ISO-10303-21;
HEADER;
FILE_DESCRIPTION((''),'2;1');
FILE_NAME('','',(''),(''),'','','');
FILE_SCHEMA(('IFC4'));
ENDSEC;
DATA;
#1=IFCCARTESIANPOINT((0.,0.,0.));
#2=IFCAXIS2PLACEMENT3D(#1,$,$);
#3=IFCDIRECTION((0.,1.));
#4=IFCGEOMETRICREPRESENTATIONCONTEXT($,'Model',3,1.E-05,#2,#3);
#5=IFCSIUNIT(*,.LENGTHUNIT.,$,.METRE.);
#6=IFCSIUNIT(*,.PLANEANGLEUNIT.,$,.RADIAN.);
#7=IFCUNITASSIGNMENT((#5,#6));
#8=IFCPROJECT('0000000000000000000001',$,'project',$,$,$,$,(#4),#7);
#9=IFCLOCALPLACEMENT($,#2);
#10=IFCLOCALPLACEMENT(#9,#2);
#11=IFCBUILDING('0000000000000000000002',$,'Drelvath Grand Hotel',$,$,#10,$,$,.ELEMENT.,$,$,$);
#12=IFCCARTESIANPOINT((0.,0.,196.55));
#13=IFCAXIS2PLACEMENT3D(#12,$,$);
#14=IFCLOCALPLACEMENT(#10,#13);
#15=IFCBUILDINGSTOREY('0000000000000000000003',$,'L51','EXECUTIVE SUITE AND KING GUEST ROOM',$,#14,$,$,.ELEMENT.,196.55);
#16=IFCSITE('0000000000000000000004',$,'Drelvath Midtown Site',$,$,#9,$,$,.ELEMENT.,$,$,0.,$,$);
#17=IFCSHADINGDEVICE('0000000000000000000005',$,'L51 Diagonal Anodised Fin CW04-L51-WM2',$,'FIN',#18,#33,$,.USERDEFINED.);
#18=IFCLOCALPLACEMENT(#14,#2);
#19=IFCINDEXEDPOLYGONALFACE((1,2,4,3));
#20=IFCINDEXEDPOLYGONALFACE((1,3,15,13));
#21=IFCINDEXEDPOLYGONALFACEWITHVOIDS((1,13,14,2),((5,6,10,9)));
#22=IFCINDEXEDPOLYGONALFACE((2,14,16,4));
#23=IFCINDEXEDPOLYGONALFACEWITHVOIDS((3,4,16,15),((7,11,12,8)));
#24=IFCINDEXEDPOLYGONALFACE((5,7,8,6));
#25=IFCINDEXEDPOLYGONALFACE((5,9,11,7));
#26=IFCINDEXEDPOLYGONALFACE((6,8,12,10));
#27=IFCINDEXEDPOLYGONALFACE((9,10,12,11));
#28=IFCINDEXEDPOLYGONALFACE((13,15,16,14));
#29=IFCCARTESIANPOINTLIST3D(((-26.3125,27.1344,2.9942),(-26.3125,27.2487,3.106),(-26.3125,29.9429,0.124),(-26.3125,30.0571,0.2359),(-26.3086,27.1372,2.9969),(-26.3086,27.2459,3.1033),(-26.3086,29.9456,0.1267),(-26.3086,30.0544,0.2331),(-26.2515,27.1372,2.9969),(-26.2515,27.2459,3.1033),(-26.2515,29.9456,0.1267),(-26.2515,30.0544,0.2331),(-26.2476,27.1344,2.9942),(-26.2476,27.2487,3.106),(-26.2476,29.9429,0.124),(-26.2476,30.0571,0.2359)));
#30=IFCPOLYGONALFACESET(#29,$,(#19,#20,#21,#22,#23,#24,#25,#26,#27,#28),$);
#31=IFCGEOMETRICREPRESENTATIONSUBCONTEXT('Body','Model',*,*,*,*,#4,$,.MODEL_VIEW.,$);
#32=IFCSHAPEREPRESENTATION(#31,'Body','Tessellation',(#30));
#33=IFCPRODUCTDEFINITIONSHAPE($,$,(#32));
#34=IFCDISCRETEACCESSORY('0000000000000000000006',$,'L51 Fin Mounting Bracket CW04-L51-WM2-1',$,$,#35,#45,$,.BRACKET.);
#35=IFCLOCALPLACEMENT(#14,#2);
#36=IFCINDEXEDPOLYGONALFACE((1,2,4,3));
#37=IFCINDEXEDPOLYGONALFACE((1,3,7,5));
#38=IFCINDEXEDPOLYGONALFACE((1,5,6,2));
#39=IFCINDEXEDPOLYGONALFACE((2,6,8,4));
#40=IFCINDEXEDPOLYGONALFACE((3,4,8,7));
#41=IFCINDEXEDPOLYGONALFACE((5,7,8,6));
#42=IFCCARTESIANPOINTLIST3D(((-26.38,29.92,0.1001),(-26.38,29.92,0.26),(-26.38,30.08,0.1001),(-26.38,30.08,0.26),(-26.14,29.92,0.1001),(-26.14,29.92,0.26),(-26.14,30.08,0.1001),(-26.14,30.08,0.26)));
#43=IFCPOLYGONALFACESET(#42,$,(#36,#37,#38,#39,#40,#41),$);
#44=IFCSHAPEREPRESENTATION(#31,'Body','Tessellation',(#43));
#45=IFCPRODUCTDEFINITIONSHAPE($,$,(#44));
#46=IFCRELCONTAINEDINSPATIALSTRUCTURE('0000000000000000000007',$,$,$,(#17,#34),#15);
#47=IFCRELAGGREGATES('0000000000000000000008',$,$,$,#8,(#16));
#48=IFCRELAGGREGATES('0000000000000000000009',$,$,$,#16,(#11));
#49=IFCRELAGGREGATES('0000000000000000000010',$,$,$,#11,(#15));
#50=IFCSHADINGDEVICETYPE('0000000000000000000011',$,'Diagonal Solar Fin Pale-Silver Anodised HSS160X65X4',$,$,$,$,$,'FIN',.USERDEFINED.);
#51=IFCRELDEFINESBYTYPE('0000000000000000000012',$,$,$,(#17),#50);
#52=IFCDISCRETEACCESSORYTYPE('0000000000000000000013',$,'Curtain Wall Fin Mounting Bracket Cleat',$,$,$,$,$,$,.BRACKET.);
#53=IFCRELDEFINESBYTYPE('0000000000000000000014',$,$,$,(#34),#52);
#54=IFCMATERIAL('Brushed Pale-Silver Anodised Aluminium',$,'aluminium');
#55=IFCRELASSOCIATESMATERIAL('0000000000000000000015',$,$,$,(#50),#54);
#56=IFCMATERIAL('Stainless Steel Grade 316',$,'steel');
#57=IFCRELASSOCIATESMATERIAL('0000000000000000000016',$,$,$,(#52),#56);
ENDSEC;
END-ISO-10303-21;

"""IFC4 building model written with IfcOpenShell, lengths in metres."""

from ifc_helpers import new_model, si_unit, direction, frame, origin, origin_2d, place, context, subcontext, project, spatial, rectangle, hollow_rectangle, extrude, material, material_profile, profile_set, type_object, element, save


model = new_model("IFC4")

# Units and contexts
model_context = context("Model", 3, precision=1e-05, world=origin(), true_north=direction((0.0, 1.0)))
body_context = subcontext(model_context, "Body", "Model", "MODEL_VIEW")
ifc_project = project(units=[si_unit("LENGTHUNIT", "METRE"), si_unit("PLANEANGLEUNIT", "RADIAN")], contexts=[model_context])

# Site, building, storey
site_placement = place(None, origin())
site = spatial("IfcSite", under=ifc_project, at=site_placement, Name="Drelvath Midtown Site", CompositionType="ELEMENT", RefElevation=0.0)
building_placement = place(site_placement, origin())
building = spatial("IfcBuilding", under=site, at=building_placement, Name="Drelvath Grand Hotel", CompositionType="ELEMENT")
storey_placement = place(building_placement, frame((0.0, 0.0, 196.55)))
storey = spatial("IfcBuildingStorey", under=building, at=storey_placement, Name="L51", Description="EXECUTIVE SUITE AND KING GUEST ROOM", CompositionType="ELEMENT", Elevation=196.55)

# Shading device
ifc_material_1 = material(Name="Brushed Pale-Silver Anodised Aluminium", Category="aluminium")
ifc_material_profile_1 = material_profile(ifc_material_1, hollow_rectangle(XDim=0.0649, YDim=0.1599, WallThickness=0.0039, at=origin_2d()), Name="HSS160X65X4")
ifc_profile_set_1 = profile_set([ifc_material_profile_1], Name="Brushed Pale-Silver Anodised Aluminium")
shading_device_type = type_object("IfcShadingDeviceType", Name="Diagonal Solar Fin Pale-Silver Anodised HSS160X65X4", ElementType="FIN", PredefinedType="USERDEFINED", material=ifc_profile_set_1)
shading_device_placement = place(storey_placement, frame((-26.28, 30.0, 0.1799), z_axis=(0.0, -0.699374, 0.714756), x_axis=(1.0, 0.0, 0.0)))
element("IfcShadingDevice", 1, at=shading_device_placement, inside=storey, type_object=shading_device_type, Name="L51 Diagonal Anodised Fin CW04-L51-WM2", ObjectType="FIN", PredefinedType="USERDEFINED", context=body_context, shape_type="SweptSolid", body=[
    extrude(hollow_rectangle(XDim=0.0649, YDim=0.1599, WallThickness=0.0039, at=origin_2d()), origin(), (0.0, 0.0, 1.0), 4.0156),
])

# Discrete accessory
ifc_material_2 = material(Name="Stainless Steel Grade 316", Category="steel")
discrete_accessory_type = type_object("IfcDiscreteAccessoryType", Name="Curtain Wall Fin Mounting Bracket Cleat", PredefinedType="BRACKET", material=ifc_material_2)
discrete_accessory_placement = place(storey_placement, frame((-26.26, 30.0, 0.1001), z_axis=(0.0, 0.0, 1.0), x_axis=(0.0, 1.0, 0.0)))
element("IfcDiscreteAccessory", 2, at=discrete_accessory_placement, inside=storey, type_object=discrete_accessory_type, Name="L51 Fin Mounting Bracket CW04-L51-WM2-1", PredefinedType="BRACKET", context=body_context, shape_type="SweptSolid", body=[
    extrude(rectangle(XDim=0.1599, YDim=0.24, at=origin_2d()), origin(), (0.0, 0.0, 1.0), 0.1599),
])

save(model, "model.ifc")
